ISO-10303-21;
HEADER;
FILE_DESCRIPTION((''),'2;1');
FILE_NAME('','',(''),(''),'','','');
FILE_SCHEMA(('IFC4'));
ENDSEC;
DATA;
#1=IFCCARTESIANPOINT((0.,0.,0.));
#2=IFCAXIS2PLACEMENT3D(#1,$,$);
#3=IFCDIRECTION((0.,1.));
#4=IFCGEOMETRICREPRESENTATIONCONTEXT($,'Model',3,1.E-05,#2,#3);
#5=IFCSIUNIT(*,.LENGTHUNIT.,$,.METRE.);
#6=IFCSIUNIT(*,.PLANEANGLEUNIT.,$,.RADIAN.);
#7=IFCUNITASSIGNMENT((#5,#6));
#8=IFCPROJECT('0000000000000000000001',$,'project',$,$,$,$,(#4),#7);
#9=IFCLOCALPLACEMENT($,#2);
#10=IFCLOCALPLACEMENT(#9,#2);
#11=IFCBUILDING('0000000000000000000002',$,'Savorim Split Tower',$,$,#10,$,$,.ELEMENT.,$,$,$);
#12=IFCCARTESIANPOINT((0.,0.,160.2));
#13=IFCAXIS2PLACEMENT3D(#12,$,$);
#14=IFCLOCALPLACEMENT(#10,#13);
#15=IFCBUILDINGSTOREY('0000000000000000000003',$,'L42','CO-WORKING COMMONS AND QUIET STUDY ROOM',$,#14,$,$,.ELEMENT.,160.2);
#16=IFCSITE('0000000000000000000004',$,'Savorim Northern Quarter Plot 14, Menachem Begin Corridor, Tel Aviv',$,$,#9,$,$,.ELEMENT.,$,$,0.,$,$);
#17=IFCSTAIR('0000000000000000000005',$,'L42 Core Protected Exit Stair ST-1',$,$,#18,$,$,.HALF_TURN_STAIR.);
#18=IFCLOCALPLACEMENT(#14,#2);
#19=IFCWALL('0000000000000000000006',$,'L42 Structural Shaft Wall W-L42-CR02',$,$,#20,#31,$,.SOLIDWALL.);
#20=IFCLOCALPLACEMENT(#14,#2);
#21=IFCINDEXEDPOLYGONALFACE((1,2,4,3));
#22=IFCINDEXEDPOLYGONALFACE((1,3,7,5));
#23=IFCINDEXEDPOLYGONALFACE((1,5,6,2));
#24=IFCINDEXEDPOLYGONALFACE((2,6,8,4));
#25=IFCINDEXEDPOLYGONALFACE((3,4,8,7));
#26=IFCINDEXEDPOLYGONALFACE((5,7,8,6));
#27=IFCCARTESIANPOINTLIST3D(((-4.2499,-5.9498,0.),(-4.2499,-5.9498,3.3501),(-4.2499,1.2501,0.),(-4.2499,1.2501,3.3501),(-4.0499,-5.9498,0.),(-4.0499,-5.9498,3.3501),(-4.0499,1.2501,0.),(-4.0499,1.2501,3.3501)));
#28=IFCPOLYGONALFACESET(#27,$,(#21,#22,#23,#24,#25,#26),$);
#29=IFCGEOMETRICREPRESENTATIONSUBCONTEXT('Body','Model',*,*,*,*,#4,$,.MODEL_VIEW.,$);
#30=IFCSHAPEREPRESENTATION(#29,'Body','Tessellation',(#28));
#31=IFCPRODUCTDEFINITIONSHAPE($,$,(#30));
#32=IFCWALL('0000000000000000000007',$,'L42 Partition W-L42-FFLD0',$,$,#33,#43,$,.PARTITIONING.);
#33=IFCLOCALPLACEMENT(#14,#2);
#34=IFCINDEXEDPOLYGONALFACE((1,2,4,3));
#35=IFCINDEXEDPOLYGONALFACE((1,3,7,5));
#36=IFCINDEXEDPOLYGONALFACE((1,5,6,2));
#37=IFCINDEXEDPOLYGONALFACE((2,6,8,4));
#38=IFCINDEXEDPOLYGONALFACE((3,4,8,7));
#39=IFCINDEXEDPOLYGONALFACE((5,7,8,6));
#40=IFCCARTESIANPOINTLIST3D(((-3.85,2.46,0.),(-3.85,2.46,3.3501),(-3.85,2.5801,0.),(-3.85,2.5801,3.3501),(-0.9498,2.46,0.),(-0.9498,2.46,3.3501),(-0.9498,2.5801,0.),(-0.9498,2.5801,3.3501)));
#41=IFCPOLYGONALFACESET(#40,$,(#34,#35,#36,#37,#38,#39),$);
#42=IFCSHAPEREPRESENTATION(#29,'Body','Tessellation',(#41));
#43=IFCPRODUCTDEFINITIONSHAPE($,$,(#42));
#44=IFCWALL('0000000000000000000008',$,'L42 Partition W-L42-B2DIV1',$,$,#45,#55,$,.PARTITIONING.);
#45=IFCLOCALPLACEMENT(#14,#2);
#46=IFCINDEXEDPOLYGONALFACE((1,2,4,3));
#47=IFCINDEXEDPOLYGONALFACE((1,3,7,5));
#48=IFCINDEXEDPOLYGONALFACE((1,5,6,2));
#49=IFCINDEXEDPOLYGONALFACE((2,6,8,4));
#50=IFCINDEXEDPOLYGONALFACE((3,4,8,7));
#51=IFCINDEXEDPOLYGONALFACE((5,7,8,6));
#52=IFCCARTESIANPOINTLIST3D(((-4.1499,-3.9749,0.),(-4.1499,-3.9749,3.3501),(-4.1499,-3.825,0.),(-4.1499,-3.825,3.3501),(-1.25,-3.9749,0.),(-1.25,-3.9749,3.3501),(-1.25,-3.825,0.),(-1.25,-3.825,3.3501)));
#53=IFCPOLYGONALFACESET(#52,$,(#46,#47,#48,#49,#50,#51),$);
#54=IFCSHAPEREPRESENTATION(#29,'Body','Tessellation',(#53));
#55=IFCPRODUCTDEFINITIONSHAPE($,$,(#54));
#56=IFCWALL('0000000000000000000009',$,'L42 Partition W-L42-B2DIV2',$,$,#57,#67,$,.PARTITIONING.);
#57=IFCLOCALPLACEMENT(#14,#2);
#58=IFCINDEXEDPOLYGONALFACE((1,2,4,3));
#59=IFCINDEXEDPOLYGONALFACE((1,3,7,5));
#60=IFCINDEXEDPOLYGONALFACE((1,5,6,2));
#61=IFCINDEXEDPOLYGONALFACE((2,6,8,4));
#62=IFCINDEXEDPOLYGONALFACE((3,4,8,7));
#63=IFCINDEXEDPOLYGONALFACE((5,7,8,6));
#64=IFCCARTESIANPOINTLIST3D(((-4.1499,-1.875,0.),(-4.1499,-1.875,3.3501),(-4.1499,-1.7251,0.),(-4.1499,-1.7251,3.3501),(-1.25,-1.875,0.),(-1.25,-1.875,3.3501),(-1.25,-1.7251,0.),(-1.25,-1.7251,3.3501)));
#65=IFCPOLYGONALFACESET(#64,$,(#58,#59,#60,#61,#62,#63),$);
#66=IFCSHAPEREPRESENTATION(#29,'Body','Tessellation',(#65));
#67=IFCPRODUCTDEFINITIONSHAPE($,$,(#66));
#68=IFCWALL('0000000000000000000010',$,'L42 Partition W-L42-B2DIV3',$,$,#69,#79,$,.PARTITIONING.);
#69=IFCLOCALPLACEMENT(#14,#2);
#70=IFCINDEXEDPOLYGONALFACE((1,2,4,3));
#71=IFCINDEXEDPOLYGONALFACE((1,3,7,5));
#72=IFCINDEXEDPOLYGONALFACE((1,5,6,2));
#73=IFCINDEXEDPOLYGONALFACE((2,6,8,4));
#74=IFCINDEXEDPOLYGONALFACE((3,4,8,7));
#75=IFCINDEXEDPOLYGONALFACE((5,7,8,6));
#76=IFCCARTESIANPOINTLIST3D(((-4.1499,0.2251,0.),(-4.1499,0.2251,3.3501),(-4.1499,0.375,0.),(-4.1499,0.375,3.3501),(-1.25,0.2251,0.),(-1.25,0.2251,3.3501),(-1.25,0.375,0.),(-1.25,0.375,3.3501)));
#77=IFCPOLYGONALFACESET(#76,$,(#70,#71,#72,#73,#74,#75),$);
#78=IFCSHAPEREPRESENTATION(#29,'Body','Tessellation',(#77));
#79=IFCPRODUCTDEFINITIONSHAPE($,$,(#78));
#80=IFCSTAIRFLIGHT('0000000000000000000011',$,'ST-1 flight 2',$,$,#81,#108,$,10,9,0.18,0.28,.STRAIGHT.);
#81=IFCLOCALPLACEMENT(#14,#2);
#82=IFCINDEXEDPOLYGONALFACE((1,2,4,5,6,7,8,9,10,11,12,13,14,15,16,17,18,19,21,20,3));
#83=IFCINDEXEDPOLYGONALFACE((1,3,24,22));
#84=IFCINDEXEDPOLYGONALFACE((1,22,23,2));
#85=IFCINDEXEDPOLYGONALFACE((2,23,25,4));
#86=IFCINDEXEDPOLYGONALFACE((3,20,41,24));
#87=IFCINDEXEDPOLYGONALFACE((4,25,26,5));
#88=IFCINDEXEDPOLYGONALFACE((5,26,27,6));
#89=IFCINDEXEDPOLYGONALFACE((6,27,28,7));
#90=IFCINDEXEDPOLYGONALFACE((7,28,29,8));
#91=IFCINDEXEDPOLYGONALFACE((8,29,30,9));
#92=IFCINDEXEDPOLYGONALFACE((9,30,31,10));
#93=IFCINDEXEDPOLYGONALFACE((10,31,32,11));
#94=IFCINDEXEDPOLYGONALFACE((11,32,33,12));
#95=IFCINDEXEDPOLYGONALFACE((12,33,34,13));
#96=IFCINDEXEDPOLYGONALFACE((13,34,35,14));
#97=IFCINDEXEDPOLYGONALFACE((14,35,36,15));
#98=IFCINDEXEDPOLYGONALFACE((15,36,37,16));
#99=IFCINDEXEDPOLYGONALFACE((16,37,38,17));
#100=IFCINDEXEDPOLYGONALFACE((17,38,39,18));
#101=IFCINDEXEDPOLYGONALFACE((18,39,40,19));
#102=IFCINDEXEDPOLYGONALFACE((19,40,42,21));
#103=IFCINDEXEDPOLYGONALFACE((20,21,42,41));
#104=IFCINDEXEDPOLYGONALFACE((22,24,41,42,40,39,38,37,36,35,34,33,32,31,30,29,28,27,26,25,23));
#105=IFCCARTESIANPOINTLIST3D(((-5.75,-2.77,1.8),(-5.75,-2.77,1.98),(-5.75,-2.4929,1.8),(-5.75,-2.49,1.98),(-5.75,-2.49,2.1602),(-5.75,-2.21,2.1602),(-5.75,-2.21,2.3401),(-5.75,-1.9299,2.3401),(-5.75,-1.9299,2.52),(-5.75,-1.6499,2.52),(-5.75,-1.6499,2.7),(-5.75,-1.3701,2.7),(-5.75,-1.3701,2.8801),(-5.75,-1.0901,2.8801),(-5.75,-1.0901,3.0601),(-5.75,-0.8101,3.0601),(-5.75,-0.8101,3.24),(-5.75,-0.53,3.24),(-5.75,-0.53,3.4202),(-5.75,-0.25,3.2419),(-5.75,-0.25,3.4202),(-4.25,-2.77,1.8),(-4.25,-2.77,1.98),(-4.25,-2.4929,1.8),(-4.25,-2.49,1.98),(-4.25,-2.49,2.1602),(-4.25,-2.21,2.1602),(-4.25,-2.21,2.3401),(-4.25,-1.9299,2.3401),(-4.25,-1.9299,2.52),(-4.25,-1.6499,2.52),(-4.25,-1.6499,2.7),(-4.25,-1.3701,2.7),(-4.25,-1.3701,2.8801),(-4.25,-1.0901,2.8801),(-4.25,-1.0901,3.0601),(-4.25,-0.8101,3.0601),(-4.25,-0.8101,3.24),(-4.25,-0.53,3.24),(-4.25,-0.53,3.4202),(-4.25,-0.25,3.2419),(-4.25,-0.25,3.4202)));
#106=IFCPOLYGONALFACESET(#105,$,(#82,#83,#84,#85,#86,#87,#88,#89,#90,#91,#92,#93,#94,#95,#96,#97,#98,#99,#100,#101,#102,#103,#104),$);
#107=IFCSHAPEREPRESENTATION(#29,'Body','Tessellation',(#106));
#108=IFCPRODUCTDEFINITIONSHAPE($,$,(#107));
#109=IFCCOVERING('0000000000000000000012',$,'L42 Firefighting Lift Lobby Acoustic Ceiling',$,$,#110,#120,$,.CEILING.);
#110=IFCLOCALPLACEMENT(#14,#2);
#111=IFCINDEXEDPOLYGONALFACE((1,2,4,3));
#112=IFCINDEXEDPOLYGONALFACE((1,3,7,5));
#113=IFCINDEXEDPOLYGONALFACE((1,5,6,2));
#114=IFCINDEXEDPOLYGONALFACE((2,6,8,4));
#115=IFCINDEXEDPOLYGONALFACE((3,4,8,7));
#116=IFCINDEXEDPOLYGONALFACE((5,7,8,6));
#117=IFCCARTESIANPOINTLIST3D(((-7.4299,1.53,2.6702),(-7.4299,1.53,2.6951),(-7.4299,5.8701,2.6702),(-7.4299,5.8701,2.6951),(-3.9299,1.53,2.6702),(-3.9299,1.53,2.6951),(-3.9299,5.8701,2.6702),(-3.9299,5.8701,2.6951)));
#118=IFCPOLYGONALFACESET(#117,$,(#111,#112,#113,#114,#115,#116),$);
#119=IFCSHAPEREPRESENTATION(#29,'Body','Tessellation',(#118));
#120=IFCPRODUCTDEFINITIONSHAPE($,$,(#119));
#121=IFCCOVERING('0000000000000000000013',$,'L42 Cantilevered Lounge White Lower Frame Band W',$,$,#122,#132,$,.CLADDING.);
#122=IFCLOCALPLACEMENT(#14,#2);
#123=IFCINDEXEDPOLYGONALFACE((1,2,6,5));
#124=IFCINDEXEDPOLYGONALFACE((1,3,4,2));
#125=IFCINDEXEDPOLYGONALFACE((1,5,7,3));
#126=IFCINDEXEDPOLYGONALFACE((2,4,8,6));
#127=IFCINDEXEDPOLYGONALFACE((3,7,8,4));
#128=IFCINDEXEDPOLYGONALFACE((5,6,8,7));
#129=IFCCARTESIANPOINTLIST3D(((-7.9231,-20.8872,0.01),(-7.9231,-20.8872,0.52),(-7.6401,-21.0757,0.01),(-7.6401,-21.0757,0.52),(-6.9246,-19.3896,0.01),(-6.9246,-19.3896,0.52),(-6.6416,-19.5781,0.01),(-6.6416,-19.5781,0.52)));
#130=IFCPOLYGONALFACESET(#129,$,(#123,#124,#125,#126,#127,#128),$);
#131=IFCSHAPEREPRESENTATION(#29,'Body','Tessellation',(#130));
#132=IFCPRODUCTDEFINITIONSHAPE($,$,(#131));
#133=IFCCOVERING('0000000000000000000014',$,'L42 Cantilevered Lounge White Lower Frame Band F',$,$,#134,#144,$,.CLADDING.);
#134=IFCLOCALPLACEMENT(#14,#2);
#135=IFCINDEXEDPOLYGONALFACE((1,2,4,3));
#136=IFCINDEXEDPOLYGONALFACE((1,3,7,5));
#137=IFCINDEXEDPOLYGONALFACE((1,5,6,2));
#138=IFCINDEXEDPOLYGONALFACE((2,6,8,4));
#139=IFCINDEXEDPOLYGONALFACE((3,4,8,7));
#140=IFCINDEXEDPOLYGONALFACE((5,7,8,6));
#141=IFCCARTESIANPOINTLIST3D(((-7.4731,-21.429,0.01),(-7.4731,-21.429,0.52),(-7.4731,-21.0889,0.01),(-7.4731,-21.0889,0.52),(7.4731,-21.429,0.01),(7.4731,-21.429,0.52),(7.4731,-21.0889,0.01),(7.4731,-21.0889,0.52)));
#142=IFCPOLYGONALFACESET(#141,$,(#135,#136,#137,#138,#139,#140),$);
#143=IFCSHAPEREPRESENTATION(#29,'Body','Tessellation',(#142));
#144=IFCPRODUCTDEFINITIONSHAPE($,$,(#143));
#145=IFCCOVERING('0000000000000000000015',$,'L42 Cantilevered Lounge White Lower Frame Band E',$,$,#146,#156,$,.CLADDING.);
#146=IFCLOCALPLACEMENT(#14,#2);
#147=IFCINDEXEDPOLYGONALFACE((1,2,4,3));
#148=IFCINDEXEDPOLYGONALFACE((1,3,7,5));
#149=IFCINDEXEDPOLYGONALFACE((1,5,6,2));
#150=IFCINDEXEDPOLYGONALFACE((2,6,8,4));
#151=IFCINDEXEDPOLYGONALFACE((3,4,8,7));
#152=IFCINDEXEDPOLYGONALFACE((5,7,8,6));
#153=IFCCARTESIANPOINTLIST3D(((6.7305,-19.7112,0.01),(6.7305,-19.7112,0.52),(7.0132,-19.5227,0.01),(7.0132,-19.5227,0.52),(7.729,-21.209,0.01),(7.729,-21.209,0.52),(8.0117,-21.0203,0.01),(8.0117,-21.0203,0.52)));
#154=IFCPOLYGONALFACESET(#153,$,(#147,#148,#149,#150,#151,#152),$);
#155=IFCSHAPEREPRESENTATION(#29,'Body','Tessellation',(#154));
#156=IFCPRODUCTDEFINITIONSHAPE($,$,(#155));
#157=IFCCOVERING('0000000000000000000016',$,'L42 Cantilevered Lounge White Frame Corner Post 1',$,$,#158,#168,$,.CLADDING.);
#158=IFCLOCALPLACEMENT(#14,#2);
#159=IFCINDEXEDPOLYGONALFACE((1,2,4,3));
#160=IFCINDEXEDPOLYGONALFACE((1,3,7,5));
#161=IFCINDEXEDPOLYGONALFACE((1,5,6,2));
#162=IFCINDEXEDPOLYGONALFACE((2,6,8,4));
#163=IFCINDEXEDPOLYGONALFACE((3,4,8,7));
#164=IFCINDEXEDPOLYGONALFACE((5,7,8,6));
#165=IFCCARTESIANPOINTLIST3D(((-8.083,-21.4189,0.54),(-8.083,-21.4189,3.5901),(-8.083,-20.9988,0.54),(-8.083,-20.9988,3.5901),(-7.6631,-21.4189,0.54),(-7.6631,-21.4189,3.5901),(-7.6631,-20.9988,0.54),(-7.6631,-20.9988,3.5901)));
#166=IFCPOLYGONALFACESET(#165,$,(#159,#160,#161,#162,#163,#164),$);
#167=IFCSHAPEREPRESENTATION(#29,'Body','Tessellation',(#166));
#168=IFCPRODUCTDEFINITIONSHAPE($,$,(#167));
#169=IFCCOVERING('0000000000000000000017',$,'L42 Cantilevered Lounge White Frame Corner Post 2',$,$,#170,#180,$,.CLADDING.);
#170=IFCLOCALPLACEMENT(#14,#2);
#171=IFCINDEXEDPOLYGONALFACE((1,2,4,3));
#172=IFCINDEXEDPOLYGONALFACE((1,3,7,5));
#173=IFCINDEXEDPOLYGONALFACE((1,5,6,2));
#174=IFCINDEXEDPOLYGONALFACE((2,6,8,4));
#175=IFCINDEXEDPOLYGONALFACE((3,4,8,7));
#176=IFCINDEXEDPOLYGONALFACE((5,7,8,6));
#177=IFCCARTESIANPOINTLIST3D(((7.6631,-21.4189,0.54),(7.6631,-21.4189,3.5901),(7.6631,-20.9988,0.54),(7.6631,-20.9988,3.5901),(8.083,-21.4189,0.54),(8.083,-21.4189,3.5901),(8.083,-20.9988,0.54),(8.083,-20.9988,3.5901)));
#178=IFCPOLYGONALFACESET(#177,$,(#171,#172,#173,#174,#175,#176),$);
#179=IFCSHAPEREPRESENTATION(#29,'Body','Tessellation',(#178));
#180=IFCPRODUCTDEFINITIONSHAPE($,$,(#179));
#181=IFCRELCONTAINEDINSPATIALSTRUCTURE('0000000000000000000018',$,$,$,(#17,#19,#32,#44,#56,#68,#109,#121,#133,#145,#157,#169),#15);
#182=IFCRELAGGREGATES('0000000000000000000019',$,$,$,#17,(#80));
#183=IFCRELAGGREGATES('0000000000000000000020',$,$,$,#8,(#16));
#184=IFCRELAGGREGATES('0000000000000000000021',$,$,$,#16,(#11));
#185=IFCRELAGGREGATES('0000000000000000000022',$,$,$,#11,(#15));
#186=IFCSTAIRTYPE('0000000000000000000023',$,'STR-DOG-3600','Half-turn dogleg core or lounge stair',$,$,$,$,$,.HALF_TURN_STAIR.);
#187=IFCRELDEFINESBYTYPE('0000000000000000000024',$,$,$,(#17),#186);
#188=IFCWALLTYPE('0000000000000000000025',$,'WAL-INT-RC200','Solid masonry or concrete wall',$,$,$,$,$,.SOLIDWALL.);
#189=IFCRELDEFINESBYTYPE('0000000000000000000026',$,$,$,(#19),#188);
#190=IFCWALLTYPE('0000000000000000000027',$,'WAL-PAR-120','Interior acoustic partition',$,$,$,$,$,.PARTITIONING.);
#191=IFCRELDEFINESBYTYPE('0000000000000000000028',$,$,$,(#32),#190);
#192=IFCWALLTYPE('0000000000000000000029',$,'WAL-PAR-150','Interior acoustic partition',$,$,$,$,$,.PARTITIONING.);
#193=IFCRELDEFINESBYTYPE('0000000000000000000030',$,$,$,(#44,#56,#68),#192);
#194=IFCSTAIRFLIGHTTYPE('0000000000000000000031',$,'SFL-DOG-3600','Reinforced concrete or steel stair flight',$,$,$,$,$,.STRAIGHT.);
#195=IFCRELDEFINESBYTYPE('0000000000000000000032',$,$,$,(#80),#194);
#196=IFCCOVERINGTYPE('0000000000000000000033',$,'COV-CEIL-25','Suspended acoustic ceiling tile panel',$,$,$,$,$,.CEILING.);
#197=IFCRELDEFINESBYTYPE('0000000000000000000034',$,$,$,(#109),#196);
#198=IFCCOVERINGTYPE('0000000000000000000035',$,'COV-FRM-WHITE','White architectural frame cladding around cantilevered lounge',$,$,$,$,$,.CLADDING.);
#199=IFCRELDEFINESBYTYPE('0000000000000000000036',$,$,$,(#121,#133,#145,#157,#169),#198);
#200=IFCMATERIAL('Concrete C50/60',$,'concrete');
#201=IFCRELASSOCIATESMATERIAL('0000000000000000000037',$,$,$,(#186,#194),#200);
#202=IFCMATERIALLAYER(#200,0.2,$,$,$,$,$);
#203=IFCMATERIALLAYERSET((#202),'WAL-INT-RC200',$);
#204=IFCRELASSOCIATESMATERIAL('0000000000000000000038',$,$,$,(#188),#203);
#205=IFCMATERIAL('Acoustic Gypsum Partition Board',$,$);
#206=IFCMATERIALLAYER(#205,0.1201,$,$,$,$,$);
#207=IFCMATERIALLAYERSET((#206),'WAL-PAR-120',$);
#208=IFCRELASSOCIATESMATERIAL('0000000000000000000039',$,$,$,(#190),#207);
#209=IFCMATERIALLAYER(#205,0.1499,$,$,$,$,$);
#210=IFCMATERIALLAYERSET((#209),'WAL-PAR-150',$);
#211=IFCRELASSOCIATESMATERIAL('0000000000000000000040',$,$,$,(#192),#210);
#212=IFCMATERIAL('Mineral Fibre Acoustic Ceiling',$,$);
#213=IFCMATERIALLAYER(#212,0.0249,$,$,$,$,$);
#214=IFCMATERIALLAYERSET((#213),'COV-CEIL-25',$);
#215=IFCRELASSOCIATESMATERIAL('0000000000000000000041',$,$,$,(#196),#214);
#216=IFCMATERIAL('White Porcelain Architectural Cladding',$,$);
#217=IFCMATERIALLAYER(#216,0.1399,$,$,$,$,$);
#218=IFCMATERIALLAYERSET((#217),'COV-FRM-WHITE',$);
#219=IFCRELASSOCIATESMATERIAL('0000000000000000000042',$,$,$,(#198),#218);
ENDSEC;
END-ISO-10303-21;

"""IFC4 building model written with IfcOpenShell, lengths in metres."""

from ifc_helpers import new_model, si_unit, direction, frame, frame_2d, origin, place, context, subcontext, project, spatial, polyline, rectangle, outline, extrude, material, layer, layer_set, type_object, element, aggregate, save


model = new_model("IFC4")

# Units and contexts
model_context = context("Model", 3, precision=1e-05, world=origin(), true_north=direction((0.0, 1.0)))
body_context = subcontext(model_context, "Body", "Model", "MODEL_VIEW")
ifc_project = project(units=[si_unit("LENGTHUNIT", "METRE"), si_unit("PLANEANGLEUNIT", "RADIAN")], contexts=[model_context])

# Site, building, storey
site_placement = place(None, origin())
site = spatial("IfcSite", under=ifc_project, at=site_placement, Name="Savorim Northern Quarter Plot 14, Menachem Begin Corridor, Tel Aviv", CompositionType="ELEMENT", RefElevation=0.0)
building_placement = place(site_placement, origin())
building = spatial("IfcBuilding", under=site, at=building_placement, Name="Savorim Split Tower", CompositionType="ELEMENT")
storey_placement = place(building_placement, frame((0.0, 0.0, 160.2)))
storey = spatial("IfcBuildingStorey", under=building, at=storey_placement, Name="L42", Description="CO-WORKING COMMONS AND QUIET STUDY ROOM", CompositionType="ELEMENT", Elevation=160.2)

# Shared definitions
ifc_material_1 = material(Name="Concrete C50/60", Category="concrete")

# Stair
stair_type = type_object("IfcStairType", Name="STR-DOG-3600", Description="Half-turn dogleg core or lounge stair", PredefinedType="HALF_TURN_STAIR", material=ifc_material_1)
stair_1_placement = place(storey_placement, origin())
stair_1 = element("IfcStair", 1, at=stair_1_placement, inside=storey, type_object=stair_type, Name="L42 Core Protected Exit Stair ST-1", PredefinedType="HALF_TURN_STAIR")

# Wall
ifc_layer_1 = layer(ifc_material_1, 0.2)
ifc_layer_set_1 = layer_set([ifc_layer_1], Name="WAL-INT-RC200")
wall_type_1 = type_object("IfcWallType", Name="WAL-INT-RC200", Description="Solid masonry or concrete wall", PredefinedType="SOLIDWALL", material=ifc_layer_set_1)
wall_1_placement = place(storey_placement, frame((-4.1499, -5.95, 0.0), z_axis=(0.0, 0.0, 1.0), x_axis=(0.0, 1.0, 0.0)))
element("IfcWall", 2, at=wall_1_placement, inside=storey, type_object=wall_type_1, Name="L42 Structural Shaft Wall W-L42-CR02", PredefinedType="SOLIDWALL", context=body_context, shape_type="SweptSolid", body=[
    extrude(rectangle(XDim=7.2, YDim=0.2, at=frame_2d((3.6001, 0.0))), origin(), (0.0, 0.0, 1.0), 3.3501),
])

# Walls
ifc_material_2 = material(Name="Acoustic Gypsum Partition Board")
ifc_layer_2 = layer(ifc_material_2, 0.1201)
ifc_layer_set_2 = layer_set([ifc_layer_2], Name="WAL-PAR-120")
wall_type_2 = type_object("IfcWallType", Name="WAL-PAR-120", Description="Interior acoustic partition", PredefinedType="PARTITIONING", material=ifc_layer_set_2)
wall_2_placement = place(storey_placement, frame((-3.8501, 2.52, 0.0), z_axis=(0.0, 0.0, 1.0), x_axis=(1.0, 0.0, 0.0)))
element("IfcWall", 3, at=wall_2_placement, inside=storey, type_object=wall_type_2, Name="L42 Partition W-L42-FFLD0", PredefinedType="PARTITIONING", context=body_context, shape_type="SweptSolid", body=[
    extrude(rectangle(XDim=2.9001, YDim=0.1201, at=frame_2d((1.4502, 0.0))), origin(), (0.0, 0.0, 1.0), 3.3501),
])
ifc_layer_3 = layer(ifc_material_2, 0.1499)
ifc_layer_set_3 = layer_set([ifc_layer_3], Name="WAL-PAR-150")
wall_type_3 = type_object("IfcWallType", Name="WAL-PAR-150", Description="Interior acoustic partition", PredefinedType="PARTITIONING", material=ifc_layer_set_3)
for number, where, z_axis, x_axis, name in (
    (4, (-4.1499, -3.8999, 0.0), (0.0, 0.0, 1.0), (1.0, 0.0, 0.0), "L42 Partition W-L42-B2DIV1"),
    (5, (-4.1499, -1.8, 0.0), (0.0, 0.0, 1.0), (1.0, 0.0, 0.0), "L42 Partition W-L42-B2DIV2"),
    (6, (-4.1499, 0.3, 0.0), (0.0, 0.0, 1.0), (1.0, 0.0, 0.0), "L42 Partition W-L42-B2DIV3"),
):
    element("IfcWall", number, at=place(storey_placement, frame(where, z_axis=z_axis, x_axis=x_axis)), inside=storey, type_object=wall_type_3, Name=name, PredefinedType="PARTITIONING", context=body_context, shape_type="SweptSolid", body=[
        extrude(rectangle(XDim=2.8999, YDim=0.1499, at=frame_2d((1.45, 0.0))), origin(), (0.0, 0.0, 1.0), 3.3501),
    ])

# Stair flight
stair_flight_type = type_object("IfcStairFlightType", Name="SFL-DOG-3600", Description="Reinforced concrete or steel stair flight", PredefinedType="STRAIGHT", material=ifc_material_1)
stair_flight_placement = place(storey_placement, frame((-5.0, -2.77, 1.8), z_axis=(0.0, 0.0, 1.0), x_axis=(0.0, 1.0, 0.0)))
stair_flight = element("IfcStairFlight", 7, at=stair_flight_placement, type_object=stair_flight_type, Name="ST-1 flight 2", NumberOfRisers=10, NumberOfTreads=9, PredefinedType="STRAIGHT", RiserHeight=0.18, TreadLength=0.28, context=body_context, shape_type="SweptSolid", body=[
    extrude(outline(polyline([(0.0, 0.0), (0.0, 0.1799), (0.28, 0.1799), (0.28, 0.3601), (0.5601, 0.3601), (0.5601, 0.54), (0.8401, 0.54), (0.8401, 0.72), (1.1201, 0.72), (1.1201, 0.8999), (1.3999, 0.8999), (1.3999, 1.0801), (1.6799, 1.0801), (1.6799, 1.26), (1.96, 1.26), (1.96, 1.4399), (2.24, 1.4399), (2.24, 1.6201), (2.52, 1.6201), (2.52, 1.8), (2.52, 1.4419), (0.2771, 0.0), (0.0, 0.0)])), frame((0.0, 0.75, 0.0), z_axis=(0.0, -1.0, 0.0), x_axis=(1.0, 0.0, 0.0)), (0.0, 0.0, 1.0), 1.5),
])
aggregate(stair_1, [stair_flight])

# Coverings
ifc_material_3 = material(Name="Mineral Fibre Acoustic Ceiling")
ifc_layer_4 = layer(ifc_material_3, 0.0249)
ifc_layer_set_4 = layer_set([ifc_layer_4], Name="COV-CEIL-25")
covering_type_1 = type_object("IfcCoveringType", Name="COV-CEIL-25", Description="Suspended acoustic ceiling tile panel", PredefinedType="CEILING", material=ifc_layer_set_4)
covering_1_placement = place(storey_placement, frame((0.0, 0.0, 2.6702)))
element("IfcCovering", 8, at=covering_1_placement, inside=storey, type_object=covering_type_1, Name="L42 Firefighting Lift Lobby Acoustic Ceiling", PredefinedType="CEILING", context=body_context, shape_type="SweptSolid", body=[
    extrude(outline(polyline([(-7.4299, 5.8701), (-7.4299, 1.53), (-3.9299, 1.53), (-3.9299, 5.8701), (-7.4299, 5.8701)])), origin(), (0.0, 0.0, 1.0), 0.0249),
])
ifc_material_4 = material(Name="White Porcelain Architectural Cladding")
ifc_layer_5 = layer(ifc_material_4, 0.1399)
ifc_layer_set_5 = layer_set([ifc_layer_5], Name="COV-FRM-WHITE")
covering_type_2 = type_object("IfcCoveringType", Name="COV-FRM-WHITE", Description="White architectural frame cladding around cantilevered lounge", PredefinedType="CLADDING", material=ifc_layer_set_5)
covering_2_placement = place(storey_placement, frame((0.0, 0.0, 0.01)))
element("IfcCovering", 9, at=covering_2_placement, inside=storey, type_object=covering_type_2, Name="L42 Cantilevered Lounge White Lower Frame Band W", PredefinedType="CLADDING", context=body_context, shape_type="SweptSolid", body=[
    extrude(outline(polyline([(-6.9246, -19.3896), (-7.9231, -20.8872), (-7.6401, -21.0757), (-6.6416, -19.5781), (-6.9246, -19.3896)])), origin(), (0.0, 0.0, 1.0), 0.51),
])
covering_3_placement = place(storey_placement, frame((0.0, 0.0, 0.01)))
element("IfcCovering", 10, at=covering_3_placement, inside=storey, type_object=covering_type_2, Name="L42 Cantilevered Lounge White Lower Frame Band F", PredefinedType="CLADDING", context=body_context, shape_type="SweptSolid", body=[
    extrude(outline(polyline([(-7.4731, -21.429), (7.4731, -21.429), (7.4731, -21.0889), (-7.4731, -21.0889), (-7.4731, -21.429)])), origin(), (0.0, 0.0, 1.0), 0.51),
])
covering_4_placement = place(storey_placement, frame((0.0, 0.0, 0.01)))
element("IfcCovering", 11, at=covering_4_placement, inside=storey, type_object=covering_type_2, Name="L42 Cantilevered Lounge White Lower Frame Band E", PredefinedType="CLADDING", context=body_context, shape_type="SweptSolid", body=[
    extrude(outline(polyline([(8.0117, -21.0203), (7.0132, -19.5227), (6.7305, -19.7112), (7.729, -21.209), (8.0117, -21.0203)])), origin(), (0.0, 0.0, 1.0), 0.51),
])
covering_5_placement = place(storey_placement, frame((0.0, 0.0, 0.54)))
element("IfcCovering", 12, at=covering_5_placement, inside=storey, type_object=covering_type_2, Name="L42 Cantilevered Lounge White Frame Corner Post 1", PredefinedType="CLADDING", context=body_context, shape_type="SweptSolid", body=[
    extrude(outline(polyline([(-8.083, -21.4189), (-7.6631, -21.4189), (-7.6631, -20.9988), (-8.083, -20.9988), (-8.083, -21.4189)])), origin(), (0.0, 0.0, 1.0), 3.05),
])
covering_6_placement = place(storey_placement, frame((0.0, 0.0, 0.54)))
element("IfcCovering", 13, at=covering_6_placement, inside=storey, type_object=covering_type_2, Name="L42 Cantilevered Lounge White Frame Corner Post 2", PredefinedType="CLADDING", context=body_context, shape_type="SweptSolid", body=[
    extrude(outline(polyline([(7.6631, -21.4189), (8.083, -21.4189), (8.083, -20.9988), (7.6631, -20.9988), (7.6631, -21.4189)])), origin(), (0.0, 0.0, 1.0), 3.05),
])

save(model, "model.ifc")
